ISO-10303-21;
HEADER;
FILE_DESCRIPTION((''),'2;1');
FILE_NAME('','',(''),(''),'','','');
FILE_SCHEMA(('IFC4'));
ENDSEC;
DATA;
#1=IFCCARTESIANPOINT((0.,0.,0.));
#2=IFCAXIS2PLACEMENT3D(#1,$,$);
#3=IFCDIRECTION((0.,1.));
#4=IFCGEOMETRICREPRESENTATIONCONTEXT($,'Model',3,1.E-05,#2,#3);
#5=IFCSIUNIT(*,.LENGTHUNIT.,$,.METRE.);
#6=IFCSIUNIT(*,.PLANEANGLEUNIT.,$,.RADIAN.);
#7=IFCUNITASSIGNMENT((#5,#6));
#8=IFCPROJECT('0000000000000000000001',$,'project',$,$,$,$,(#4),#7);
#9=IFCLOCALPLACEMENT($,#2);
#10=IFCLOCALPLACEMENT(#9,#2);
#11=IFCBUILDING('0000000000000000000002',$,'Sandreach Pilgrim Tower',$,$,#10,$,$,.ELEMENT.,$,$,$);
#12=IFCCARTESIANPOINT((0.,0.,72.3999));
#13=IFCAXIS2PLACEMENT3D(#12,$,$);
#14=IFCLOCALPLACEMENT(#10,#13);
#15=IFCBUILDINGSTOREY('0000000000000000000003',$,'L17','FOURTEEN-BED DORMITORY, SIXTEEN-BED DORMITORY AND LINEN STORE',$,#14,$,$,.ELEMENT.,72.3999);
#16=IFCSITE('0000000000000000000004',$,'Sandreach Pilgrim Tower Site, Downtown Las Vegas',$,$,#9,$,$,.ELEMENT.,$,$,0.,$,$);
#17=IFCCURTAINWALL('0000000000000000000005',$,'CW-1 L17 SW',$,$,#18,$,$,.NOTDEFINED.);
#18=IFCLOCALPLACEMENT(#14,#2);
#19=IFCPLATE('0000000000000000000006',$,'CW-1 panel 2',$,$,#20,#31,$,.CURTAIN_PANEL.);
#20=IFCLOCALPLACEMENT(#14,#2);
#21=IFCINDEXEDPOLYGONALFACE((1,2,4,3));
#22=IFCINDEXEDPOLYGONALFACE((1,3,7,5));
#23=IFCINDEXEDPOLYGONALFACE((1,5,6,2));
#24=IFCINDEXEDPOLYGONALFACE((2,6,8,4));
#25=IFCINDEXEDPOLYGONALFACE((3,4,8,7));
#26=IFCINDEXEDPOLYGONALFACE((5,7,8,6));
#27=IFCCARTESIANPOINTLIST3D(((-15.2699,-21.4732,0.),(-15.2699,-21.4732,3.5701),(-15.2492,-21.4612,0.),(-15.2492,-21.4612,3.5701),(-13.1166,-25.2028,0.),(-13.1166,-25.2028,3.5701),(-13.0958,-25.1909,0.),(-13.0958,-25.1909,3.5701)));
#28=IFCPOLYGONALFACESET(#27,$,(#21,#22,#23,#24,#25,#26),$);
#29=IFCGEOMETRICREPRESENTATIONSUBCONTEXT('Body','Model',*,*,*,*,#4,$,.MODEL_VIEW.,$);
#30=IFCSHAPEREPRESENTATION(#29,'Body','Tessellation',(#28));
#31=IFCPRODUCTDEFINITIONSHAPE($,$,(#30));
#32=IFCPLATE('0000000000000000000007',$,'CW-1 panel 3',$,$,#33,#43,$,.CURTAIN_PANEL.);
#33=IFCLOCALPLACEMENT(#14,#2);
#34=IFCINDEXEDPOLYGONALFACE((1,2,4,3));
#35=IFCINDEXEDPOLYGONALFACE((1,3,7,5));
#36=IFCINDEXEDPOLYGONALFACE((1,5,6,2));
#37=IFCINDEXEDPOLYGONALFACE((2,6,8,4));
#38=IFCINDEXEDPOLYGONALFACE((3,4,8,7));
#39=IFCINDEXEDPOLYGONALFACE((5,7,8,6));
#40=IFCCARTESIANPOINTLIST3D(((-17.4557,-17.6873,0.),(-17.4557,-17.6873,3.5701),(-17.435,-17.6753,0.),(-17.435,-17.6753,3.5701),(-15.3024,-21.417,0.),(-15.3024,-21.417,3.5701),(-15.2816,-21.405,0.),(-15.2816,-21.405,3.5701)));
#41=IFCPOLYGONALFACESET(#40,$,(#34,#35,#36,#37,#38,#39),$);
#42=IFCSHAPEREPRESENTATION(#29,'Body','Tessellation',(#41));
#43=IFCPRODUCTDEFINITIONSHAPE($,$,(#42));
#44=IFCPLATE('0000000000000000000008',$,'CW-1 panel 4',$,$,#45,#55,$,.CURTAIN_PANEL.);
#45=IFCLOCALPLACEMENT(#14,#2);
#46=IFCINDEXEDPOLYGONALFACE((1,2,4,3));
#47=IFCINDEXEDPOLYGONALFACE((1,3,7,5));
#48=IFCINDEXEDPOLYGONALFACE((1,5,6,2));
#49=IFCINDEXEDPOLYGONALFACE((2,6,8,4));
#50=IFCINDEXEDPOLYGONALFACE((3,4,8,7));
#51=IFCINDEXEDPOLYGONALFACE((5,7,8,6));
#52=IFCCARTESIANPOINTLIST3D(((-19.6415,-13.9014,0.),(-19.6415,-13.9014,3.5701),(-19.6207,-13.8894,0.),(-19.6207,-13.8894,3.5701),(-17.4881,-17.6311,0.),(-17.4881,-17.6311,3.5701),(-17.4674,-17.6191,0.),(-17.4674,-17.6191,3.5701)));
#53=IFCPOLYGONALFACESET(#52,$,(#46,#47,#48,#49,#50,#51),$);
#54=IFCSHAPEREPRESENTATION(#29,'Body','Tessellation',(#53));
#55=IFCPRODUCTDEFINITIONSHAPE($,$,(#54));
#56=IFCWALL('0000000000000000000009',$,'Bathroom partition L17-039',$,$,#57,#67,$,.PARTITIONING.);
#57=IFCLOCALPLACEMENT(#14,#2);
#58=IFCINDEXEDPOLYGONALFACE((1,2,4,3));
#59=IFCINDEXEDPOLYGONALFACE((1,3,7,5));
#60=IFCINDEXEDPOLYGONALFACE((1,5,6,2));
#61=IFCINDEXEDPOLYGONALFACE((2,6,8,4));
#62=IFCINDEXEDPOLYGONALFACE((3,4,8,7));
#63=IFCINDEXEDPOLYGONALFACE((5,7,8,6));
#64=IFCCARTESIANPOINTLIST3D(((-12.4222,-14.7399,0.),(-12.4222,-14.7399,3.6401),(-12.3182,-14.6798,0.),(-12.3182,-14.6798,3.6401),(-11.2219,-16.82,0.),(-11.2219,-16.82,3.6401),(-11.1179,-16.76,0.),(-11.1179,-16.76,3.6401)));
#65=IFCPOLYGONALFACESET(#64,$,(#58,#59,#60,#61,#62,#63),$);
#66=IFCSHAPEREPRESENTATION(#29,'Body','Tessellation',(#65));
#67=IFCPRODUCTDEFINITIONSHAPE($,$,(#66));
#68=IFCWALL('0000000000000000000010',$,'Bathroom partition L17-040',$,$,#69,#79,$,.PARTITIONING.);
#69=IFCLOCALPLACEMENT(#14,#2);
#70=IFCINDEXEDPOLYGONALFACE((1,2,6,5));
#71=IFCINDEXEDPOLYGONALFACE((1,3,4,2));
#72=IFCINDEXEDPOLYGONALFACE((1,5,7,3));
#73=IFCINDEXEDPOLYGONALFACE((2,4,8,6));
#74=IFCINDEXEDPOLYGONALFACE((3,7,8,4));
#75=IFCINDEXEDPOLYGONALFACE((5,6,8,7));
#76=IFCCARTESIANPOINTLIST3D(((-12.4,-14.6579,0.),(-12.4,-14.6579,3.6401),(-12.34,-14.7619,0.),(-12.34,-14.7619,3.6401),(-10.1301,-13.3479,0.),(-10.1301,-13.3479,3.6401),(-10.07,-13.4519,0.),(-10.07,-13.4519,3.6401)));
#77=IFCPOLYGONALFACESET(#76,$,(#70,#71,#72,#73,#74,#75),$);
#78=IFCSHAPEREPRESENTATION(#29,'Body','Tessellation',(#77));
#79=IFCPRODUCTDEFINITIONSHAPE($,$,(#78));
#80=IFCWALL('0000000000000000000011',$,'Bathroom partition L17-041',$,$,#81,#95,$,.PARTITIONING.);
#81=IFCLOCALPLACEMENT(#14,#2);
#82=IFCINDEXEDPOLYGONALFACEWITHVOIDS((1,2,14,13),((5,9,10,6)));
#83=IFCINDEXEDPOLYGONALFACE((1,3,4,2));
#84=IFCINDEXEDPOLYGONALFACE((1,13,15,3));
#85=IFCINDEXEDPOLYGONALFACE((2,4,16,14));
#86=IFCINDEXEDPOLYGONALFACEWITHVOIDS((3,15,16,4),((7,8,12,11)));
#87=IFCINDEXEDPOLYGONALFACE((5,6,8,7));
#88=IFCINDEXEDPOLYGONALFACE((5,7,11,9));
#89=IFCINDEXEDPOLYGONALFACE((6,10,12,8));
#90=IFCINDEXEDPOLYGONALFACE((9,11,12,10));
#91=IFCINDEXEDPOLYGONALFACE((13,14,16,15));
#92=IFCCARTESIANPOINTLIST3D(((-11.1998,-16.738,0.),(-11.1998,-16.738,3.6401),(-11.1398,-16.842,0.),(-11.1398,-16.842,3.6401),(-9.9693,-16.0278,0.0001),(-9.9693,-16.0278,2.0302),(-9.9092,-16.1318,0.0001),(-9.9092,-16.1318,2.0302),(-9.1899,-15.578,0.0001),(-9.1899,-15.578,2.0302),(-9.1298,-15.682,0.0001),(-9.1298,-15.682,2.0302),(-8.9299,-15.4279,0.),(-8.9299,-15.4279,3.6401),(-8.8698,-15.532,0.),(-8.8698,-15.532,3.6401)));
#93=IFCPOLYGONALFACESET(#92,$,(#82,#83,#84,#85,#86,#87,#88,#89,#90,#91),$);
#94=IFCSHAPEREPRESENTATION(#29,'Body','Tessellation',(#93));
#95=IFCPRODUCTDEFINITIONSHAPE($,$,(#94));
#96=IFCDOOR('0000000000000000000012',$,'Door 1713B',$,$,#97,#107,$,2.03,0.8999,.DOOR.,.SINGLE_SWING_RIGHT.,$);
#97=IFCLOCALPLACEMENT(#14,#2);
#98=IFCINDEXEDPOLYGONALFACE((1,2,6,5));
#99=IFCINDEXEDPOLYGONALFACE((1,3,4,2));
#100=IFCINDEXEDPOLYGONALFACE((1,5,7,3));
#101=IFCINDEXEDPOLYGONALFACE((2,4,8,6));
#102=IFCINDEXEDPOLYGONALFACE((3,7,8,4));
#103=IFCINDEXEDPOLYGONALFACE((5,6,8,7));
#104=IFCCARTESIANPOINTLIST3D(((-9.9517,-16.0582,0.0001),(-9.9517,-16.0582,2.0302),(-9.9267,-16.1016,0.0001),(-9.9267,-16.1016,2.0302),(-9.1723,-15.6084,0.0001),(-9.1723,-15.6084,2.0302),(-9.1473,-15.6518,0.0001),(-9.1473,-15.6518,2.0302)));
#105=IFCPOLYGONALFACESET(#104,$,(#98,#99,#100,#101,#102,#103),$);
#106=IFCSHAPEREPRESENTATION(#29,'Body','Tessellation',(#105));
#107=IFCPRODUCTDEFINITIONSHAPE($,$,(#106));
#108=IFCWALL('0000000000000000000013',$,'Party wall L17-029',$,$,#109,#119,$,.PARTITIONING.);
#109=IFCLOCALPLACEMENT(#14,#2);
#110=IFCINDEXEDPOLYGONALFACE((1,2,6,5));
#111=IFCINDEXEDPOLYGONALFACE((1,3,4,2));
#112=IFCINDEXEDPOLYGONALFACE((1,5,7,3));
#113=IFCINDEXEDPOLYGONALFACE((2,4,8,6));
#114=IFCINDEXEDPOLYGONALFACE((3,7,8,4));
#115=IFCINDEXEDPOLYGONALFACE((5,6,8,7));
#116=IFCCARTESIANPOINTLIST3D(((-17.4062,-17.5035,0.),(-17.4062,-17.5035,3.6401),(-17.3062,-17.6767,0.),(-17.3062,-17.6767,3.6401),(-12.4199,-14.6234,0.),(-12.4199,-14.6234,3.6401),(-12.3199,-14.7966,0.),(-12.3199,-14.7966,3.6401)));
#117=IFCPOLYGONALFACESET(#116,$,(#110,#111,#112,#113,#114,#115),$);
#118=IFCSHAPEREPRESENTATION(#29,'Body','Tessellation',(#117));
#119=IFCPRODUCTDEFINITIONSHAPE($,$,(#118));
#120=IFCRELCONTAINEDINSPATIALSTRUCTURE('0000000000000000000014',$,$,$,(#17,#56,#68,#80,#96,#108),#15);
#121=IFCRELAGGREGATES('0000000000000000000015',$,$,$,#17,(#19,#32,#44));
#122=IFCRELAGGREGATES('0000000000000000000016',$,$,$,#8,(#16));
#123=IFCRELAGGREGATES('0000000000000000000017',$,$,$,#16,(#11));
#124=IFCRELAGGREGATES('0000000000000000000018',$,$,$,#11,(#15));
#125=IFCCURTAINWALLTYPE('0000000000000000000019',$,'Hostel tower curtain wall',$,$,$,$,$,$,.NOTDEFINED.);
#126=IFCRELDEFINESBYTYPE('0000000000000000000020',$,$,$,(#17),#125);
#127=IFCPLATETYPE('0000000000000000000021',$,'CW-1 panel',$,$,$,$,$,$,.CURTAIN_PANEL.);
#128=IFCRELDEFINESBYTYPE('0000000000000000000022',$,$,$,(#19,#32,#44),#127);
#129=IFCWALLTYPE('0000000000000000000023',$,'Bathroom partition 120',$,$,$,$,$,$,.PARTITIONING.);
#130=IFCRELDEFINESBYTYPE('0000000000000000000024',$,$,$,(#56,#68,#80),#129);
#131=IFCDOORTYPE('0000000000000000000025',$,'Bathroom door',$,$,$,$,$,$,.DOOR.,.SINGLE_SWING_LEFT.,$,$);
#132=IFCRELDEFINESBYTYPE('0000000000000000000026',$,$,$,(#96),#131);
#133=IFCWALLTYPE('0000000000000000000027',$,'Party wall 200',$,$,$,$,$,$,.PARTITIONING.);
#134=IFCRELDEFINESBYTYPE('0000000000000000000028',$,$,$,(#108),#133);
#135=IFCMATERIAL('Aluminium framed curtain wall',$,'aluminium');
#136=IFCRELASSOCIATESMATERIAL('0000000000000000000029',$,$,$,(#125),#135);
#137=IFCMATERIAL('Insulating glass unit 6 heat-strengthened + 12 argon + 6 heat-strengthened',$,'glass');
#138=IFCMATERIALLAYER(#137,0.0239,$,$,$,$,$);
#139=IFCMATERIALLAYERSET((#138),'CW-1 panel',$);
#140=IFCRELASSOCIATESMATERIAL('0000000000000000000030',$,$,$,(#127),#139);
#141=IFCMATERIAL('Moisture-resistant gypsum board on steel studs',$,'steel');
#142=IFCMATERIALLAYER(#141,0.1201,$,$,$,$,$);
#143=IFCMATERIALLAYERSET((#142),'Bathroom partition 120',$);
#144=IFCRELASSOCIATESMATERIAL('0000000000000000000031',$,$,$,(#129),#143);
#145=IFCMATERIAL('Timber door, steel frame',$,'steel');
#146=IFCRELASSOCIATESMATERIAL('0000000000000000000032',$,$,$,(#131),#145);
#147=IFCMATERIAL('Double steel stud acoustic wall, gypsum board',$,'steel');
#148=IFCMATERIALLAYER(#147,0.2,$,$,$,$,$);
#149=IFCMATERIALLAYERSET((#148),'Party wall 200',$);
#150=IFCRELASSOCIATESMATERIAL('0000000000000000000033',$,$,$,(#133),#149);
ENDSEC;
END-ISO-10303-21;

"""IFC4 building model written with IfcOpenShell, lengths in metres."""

from ifc_helpers import new_model, si_unit, direction, frame, frame_2d, origin, origin_2d, place, context, subcontext, project, spatial, rectangle, extrude, material, layer, layer_set, type_object, element, fill, aggregate, save


model = new_model("IFC4")

# Units and contexts
model_context = context("Model", 3, precision=1e-05, world=origin(), true_north=direction((0.0, 1.0)))
body_context = subcontext(model_context, "Body", "Model", "MODEL_VIEW")
ifc_project = project(units=[si_unit("LENGTHUNIT", "METRE"), si_unit("PLANEANGLEUNIT", "RADIAN")], contexts=[model_context])

# Site, building, storey
site_placement = place(None, origin())
site = spatial("IfcSite", under=ifc_project, at=site_placement, Name="Sandreach Pilgrim Tower Site, Downtown Las Vegas", CompositionType="ELEMENT", RefElevation=0.0)
building_placement = place(site_placement, origin())
building = spatial("IfcBuilding", under=site, at=building_placement, Name="Sandreach Pilgrim Tower", CompositionType="ELEMENT")
storey_placement = place(building_placement, frame((0.0, 0.0, 72.3999)))
storey = spatial("IfcBuildingStorey", under=building, at=storey_placement, Name="L17", Description="FOURTEEN-BED DORMITORY, SIXTEEN-BED DORMITORY AND LINEN STORE", CompositionType="ELEMENT", Elevation=72.3999)

# Curtain wall
ifc_material_1 = material(Name="Aluminium framed curtain wall", Category="aluminium")
curtain_wall_type = type_object("IfcCurtainWallType", Name="Hostel tower curtain wall", PredefinedType="NOTDEFINED", material=ifc_material_1)
curtain_wall_placement = place(storey_placement, origin())
curtain_wall = element("IfcCurtainWall", 1, at=curtain_wall_placement, inside=storey, type_object=curtain_wall_type, Name="CW-1 L17 SW", PredefinedType="NOTDEFINED")

# Plates
ifc_material_2 = material(Name="Insulating glass unit 6 heat-strengthened + 12 argon + 6 heat-strengthened", Category="glass")
ifc_layer_1 = layer(ifc_material_2, 0.0239)
ifc_layer_set_1 = layer_set([ifc_layer_1], Name="CW-1 panel")
plate_type = type_object("IfcPlateType", Name="CW-1 panel", PredefinedType="CURTAIN_PANEL", material=ifc_layer_set_1)
plate_1_placement = place(storey_placement, frame((-14.1829, -23.332, 0.0), z_axis=(0.0, 0.0, 1.0), x_axis=(-0.5, 0.866025, 0.0)))
plate_1 = element("IfcPlate", 2, at=plate_1_placement, type_object=plate_type, Name="CW-1 panel 2", PredefinedType="CURTAIN_PANEL", context=body_context, shape_type="SweptSolid", body=[
    extrude(rectangle(XDim=4.3066, YDim=0.0239, at=origin_2d()), origin(), (0.0, 0.0, 1.0), 3.5701),
])
plate_2_placement = place(storey_placement, frame((-16.3687, -19.5461, 0.0), z_axis=(0.0, 0.0, 1.0), x_axis=(-0.5, 0.866025, 0.0)))
plate_2 = element("IfcPlate", 3, at=plate_2_placement, type_object=plate_type, Name="CW-1 panel 3", PredefinedType="CURTAIN_PANEL", context=body_context, shape_type="SweptSolid", body=[
    extrude(rectangle(XDim=4.3066, YDim=0.0239, at=origin_2d()), origin(), (0.0, 0.0, 1.0), 3.5701),
])
plate_3_placement = place(storey_placement, frame((-18.5544, -15.7603, 0.0), z_axis=(0.0, 0.0, 1.0), x_axis=(-0.5, 0.866025, 0.0)))
plate_3 = element("IfcPlate", 4, at=plate_3_placement, type_object=plate_type, Name="CW-1 panel 4", PredefinedType="CURTAIN_PANEL", context=body_context, shape_type="SweptSolid", body=[
    extrude(rectangle(XDim=4.3066, YDim=0.0239, at=origin_2d()), origin(), (0.0, 0.0, 1.0), 3.5701),
])
aggregate(curtain_wall, [plate_1, plate_2, plate_3])

# Walls
ifc_material_3 = material(Name="Moisture-resistant gypsum board on steel studs", Category="steel")
ifc_layer_2 = layer(ifc_material_3, 0.1201)
ifc_layer_set_2 = layer_set([ifc_layer_2], Name="Bathroom partition 120")
wall_type_1 = type_object("IfcWallType", Name="Bathroom partition 120", PredefinedType="PARTITIONING", material=ifc_layer_set_2)
wall_1_placement = place(storey_placement, frame((-12.3701, -14.71, 0.0), z_axis=(0.0, 0.0, 1.0), x_axis=(0.499769, -0.866159, 0.0)))
element("IfcWall", 5, at=wall_1_placement, inside=storey, type_object=wall_type_1, Name="Bathroom partition L17-039", PredefinedType="PARTITIONING", context=body_context, shape_type="SweptSolid", body=[
    extrude(rectangle(XDim=2.4016, YDim=0.1201, at=frame_2d((1.2007, 0.0))), origin(), (0.0, 0.0, 1.0), 3.6401),
])
wall_2_placement = place(storey_placement, frame((-12.3701, -14.71, 0.0), z_axis=(0.0, 0.0, 1.0), x_axis=(0.866114, 0.499846, 0.0)))
element("IfcWall", 6, at=wall_2_placement, inside=storey, type_object=wall_type_1, Name="Bathroom partition L17-040", PredefinedType="PARTITIONING", context=body_context, shape_type="SweptSolid", body=[
    extrude(rectangle(XDim=2.6208, YDim=0.1201, at=frame_2d((1.3105, 0.0))), origin(), (0.0, 0.0, 1.0), 3.6401),
])

# Wall, opening, door
wall_3_placement = place(storey_placement, frame((-11.1699, -16.79, 0.0), z_axis=(0.0, 0.0, 1.0), x_axis=(0.866114, 0.499846, 0.0)))
wall_3 = element("IfcWall", 7, at=wall_3_placement, inside=storey, type_object=wall_type_1, Name="Bathroom partition L17-041", PredefinedType="PARTITIONING", context=body_context, shape_type="SweptSolid", body=[
    extrude(rectangle(XDim=2.6208, YDim=0.1201, at=frame_2d((1.3105, 0.0))), origin(), (0.0, 0.0, 1.0), 3.6401),
])
opening_placement = place(wall_3_placement, frame((1.4209, 0.0, 0.0)))
opening = element("IfcOpeningElement", 8, at=opening_placement, cuts=wall_3, PredefinedType="OPENING", context=body_context, shape_type="SweptSolid", body=[
    extrude(rectangle(XDim=0.8999, YDim=2.03, at=frame_2d((0.45, 1.0151))), frame((0.0, 0.0601, 0.0), z_axis=(0.0, -1.0, 0.0), x_axis=(1.0, 0.0, 0.0)), (0.0, 0.0, 1.0), 0.1201),
])
ifc_material_4 = material(Name="Timber door, steel frame", Category="steel")
door_type = type_object("IfcDoorType", Name="Bathroom door", OperationType="SINGLE_SWING_LEFT", PredefinedType="DOOR", material=ifc_material_4)
door_placement = place(opening_placement, origin())
door = element("IfcDoor", 9, at=door_placement, inside=storey, type_object=door_type, Name="Door 1713B", OperationType="SINGLE_SWING_RIGHT", OverallHeight=2.03, OverallWidth=0.8999, PredefinedType="DOOR", context=body_context, shape_type="SweptSolid", body=[
    extrude(rectangle(XDim=0.8999, YDim=2.03, at=frame_2d((0.45, 1.0151))), frame((0.0, 0.0249, 0.0), z_axis=(0.0, -1.0, 0.0), x_axis=(1.0, 0.0, 0.0)), (0.0, 0.0, 1.0), 0.05),
])
fill(opening, door)

# Wall
ifc_material_5 = material(Name="Double steel stud acoustic wall, gypsum board", Category="steel")
ifc_layer_3 = layer(ifc_material_5, 0.2)
ifc_layer_set_3 = layer_set([ifc_layer_3], Name="Party wall 200")
wall_type_2 = type_object("IfcWallType", Name="Party wall 200", PredefinedType="PARTITIONING", material=ifc_layer_set_3)
wall_4_placement = place(storey_placement, frame((-17.3562, -17.5901, 0.0), z_axis=(0.0, 0.0, 1.0), x_axis=(0.86593, 0.500165, 0.0)))
element("IfcWall", 10, at=wall_4_placement, inside=storey, type_object=wall_type_2, Name="Party wall L17-029", PredefinedType="PARTITIONING", context=body_context, shape_type="SweptSolid", body=[
    extrude(rectangle(XDim=5.7583, YDim=0.2, at=frame_2d((2.8792, 0.0))), origin(), (0.0, 0.0, 1.0), 3.6401),
])

save(model, "model.ifc")
